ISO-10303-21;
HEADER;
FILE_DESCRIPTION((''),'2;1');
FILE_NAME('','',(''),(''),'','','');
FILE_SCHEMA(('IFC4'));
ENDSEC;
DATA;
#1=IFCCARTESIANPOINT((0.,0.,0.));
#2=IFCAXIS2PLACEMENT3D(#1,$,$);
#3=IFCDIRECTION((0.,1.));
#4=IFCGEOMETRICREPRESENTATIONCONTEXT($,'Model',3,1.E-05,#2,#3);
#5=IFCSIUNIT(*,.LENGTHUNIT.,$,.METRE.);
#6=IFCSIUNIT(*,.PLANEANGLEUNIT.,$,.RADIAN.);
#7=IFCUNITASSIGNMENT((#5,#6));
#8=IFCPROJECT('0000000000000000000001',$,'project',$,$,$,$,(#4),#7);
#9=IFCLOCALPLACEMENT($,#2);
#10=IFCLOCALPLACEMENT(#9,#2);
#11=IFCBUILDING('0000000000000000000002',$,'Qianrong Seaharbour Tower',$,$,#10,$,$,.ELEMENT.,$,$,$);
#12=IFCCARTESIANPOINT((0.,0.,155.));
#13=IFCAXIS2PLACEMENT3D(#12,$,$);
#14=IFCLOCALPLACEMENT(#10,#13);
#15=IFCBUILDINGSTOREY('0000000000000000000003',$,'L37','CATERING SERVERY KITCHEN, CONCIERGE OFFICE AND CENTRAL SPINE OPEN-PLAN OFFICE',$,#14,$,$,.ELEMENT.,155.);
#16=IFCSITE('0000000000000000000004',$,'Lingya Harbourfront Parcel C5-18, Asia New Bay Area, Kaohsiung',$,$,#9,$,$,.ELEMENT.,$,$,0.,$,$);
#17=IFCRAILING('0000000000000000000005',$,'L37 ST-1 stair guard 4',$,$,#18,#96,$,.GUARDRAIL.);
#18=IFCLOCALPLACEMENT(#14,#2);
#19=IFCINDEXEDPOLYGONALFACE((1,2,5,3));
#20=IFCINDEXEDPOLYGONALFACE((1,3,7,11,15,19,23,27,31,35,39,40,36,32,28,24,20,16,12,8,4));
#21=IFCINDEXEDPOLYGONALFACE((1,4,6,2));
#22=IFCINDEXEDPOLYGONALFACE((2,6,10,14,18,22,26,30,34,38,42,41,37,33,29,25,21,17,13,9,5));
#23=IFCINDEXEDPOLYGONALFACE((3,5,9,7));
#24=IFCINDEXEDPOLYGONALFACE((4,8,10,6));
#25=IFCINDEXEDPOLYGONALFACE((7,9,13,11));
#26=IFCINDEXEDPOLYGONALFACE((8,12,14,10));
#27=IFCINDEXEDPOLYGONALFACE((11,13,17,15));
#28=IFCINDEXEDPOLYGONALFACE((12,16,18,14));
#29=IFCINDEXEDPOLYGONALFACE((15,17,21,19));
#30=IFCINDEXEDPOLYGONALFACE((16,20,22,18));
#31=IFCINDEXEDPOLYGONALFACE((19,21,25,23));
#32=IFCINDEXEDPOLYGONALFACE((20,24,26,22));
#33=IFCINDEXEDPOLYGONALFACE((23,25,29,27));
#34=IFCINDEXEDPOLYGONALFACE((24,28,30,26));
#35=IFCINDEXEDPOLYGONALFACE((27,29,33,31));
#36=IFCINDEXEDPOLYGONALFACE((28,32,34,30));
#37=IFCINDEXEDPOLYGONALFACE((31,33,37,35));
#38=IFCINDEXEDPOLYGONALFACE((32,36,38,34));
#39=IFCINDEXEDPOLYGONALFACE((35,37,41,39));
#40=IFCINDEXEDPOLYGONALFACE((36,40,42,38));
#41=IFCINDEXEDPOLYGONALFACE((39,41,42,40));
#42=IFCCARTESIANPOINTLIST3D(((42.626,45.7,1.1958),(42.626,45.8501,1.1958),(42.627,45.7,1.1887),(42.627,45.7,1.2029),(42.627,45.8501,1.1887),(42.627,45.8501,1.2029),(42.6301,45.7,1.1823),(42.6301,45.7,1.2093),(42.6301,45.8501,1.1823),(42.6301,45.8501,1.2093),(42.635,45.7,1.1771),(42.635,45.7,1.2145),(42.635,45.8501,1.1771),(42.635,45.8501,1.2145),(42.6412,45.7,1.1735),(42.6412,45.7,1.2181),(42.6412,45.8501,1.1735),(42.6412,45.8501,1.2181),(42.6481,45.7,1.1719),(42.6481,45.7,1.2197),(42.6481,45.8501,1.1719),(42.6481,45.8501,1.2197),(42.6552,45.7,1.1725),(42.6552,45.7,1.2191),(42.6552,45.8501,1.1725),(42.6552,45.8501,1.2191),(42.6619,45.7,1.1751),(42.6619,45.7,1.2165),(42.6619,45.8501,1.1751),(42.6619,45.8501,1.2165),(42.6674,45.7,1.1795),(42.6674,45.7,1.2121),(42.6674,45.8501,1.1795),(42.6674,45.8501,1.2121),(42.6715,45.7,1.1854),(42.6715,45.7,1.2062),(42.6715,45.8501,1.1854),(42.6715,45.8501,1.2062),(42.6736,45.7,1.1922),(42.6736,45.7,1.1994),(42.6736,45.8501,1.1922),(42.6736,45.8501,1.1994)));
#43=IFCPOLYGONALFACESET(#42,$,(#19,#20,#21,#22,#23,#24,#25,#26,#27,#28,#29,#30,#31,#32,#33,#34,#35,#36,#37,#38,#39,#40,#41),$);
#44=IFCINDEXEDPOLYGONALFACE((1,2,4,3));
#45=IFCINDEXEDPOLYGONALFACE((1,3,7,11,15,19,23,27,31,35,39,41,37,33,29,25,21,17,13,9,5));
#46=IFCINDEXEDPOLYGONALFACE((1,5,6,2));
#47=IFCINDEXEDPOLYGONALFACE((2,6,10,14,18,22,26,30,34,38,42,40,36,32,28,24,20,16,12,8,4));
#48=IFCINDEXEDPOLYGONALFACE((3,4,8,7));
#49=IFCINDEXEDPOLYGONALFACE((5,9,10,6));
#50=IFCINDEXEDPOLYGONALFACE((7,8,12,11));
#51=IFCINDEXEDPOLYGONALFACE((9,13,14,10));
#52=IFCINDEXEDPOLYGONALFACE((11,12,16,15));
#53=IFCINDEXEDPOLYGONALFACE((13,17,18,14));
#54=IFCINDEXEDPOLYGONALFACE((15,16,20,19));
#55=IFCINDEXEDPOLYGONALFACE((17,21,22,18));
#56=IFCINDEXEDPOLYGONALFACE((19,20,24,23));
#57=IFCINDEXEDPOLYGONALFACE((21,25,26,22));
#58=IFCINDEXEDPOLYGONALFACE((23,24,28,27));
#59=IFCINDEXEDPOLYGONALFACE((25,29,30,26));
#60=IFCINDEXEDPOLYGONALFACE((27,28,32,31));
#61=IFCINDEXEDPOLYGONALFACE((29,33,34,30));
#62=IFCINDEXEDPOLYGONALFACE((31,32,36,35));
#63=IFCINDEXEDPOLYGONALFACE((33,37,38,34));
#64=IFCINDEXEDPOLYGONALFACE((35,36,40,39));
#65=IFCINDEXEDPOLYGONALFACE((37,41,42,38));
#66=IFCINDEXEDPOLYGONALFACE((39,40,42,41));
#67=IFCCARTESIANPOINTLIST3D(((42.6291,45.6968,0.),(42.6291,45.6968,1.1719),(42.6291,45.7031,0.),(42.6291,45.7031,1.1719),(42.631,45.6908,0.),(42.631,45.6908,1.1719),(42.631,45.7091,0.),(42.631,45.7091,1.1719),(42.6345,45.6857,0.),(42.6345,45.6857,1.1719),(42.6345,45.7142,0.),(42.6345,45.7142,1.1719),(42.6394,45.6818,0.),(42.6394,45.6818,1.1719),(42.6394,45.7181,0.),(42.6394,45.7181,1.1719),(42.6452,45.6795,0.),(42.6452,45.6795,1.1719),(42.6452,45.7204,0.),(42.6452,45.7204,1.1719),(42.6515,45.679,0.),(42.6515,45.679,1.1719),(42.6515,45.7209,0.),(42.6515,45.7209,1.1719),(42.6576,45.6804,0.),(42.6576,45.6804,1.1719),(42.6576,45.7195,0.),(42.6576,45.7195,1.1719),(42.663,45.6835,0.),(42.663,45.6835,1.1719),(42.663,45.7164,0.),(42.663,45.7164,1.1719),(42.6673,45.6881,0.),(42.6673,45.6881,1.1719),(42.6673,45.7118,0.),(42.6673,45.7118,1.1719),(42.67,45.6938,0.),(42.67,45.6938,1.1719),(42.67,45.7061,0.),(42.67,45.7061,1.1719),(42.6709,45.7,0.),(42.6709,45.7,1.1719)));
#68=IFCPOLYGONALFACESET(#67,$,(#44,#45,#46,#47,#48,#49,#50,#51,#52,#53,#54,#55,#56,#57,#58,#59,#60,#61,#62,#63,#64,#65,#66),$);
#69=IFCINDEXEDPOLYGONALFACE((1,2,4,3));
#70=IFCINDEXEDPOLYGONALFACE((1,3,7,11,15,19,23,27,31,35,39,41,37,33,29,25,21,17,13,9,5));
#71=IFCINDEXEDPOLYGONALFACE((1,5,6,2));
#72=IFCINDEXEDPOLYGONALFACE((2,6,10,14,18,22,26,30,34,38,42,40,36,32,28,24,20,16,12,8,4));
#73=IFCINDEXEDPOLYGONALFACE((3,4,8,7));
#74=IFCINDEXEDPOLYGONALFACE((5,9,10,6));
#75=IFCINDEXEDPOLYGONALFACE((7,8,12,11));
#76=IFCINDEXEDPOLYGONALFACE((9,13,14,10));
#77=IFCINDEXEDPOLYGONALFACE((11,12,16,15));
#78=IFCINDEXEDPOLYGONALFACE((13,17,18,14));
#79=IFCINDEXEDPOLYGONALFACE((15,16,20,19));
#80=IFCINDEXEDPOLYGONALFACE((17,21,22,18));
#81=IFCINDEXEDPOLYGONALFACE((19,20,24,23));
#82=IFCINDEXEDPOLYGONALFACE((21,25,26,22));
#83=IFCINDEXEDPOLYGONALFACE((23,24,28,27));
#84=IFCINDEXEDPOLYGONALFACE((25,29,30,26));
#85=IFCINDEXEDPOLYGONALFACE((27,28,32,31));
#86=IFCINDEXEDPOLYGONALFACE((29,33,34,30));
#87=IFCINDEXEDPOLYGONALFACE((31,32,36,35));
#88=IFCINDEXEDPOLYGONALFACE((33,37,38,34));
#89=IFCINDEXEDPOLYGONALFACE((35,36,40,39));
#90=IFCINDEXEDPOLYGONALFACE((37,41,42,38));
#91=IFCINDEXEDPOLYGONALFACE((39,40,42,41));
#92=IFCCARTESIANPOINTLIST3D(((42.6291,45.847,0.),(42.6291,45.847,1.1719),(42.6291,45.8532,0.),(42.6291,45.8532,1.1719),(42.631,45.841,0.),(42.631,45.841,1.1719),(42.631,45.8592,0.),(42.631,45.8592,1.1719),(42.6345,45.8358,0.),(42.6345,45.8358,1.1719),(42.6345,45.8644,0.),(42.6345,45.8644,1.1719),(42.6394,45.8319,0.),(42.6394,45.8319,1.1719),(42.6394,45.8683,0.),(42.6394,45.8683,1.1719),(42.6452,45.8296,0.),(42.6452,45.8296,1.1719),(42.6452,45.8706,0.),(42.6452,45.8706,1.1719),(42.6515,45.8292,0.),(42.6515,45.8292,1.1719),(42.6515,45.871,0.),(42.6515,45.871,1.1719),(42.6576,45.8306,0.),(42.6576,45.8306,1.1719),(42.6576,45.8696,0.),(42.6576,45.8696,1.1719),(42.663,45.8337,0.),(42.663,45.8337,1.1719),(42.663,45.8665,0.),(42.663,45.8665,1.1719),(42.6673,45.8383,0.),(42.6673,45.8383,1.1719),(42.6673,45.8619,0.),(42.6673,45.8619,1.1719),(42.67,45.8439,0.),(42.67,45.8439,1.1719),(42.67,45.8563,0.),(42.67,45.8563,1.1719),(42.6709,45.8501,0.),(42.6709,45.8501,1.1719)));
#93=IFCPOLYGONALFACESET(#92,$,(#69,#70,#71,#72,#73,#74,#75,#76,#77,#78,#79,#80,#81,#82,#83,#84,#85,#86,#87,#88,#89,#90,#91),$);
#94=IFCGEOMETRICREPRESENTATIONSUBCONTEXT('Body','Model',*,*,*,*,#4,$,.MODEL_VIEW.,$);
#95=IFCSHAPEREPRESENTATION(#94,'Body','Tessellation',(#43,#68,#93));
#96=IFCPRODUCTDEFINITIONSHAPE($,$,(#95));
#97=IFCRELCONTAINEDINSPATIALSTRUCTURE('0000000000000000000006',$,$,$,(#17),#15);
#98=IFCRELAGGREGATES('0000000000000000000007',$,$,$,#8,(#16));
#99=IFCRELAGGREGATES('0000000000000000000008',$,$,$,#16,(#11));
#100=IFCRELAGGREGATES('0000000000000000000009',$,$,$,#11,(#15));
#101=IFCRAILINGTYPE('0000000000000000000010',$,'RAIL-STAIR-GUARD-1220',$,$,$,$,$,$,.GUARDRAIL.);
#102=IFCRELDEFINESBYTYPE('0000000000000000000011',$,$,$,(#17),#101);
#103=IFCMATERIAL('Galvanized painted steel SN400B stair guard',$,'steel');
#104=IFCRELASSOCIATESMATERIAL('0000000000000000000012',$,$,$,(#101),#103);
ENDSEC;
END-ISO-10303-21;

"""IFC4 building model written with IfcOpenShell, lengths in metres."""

from ifc_helpers import new_model, si_unit, direction, frame, origin, origin_2d, place, context, subcontext, project, spatial, circle, extrude, material, type_object, element, save


model = new_model("IFC4")

# Units and contexts
model_context = context("Model", 3, precision=1e-05, world=origin(), true_north=direction((0.0, 1.0)))
body_context = subcontext(model_context, "Body", "Model", "MODEL_VIEW")
ifc_project = project(units=[si_unit("LENGTHUNIT", "METRE"), si_unit("PLANEANGLEUNIT", "RADIAN")], contexts=[model_context])

# Site, building, storey
site_placement = place(None, origin())
site = spatial("IfcSite", under=ifc_project, at=site_placement, Name="Lingya Harbourfront Parcel C5-18, Asia New Bay Area, Kaohsiung", CompositionType="ELEMENT", RefElevation=0.0)
building_placement = place(site_placement, origin())
building = spatial("IfcBuilding", under=site, at=building_placement, Name="Qianrong Seaharbour Tower", CompositionType="ELEMENT")
storey_placement = place(building_placement, frame((0.0, 0.0, 155.0)))
storey = spatial("IfcBuildingStorey", under=building, at=storey_placement, Name="L37", Description="CATERING SERVERY KITCHEN, CONCIERGE OFFICE AND CENTRAL SPINE OPEN-PLAN OFFICE", CompositionType="ELEMENT", Elevation=155.0)

# Railing
ifc_material_1 = material(Name="Galvanized painted steel SN400B stair guard", Category="steel")
railing_type = type_object("IfcRailingType", Name="RAIL-STAIR-GUARD-1220", PredefinedType="GUARDRAIL", material=ifc_material_1)
railing_1_placement = place(storey_placement, frame((42.6499, 45.7, 0.0)))
element("IfcRailing", 1, at=railing_1_placement, inside=storey, type_object=railing_type, Name="L37 ST-1 stair guard 4", PredefinedType="GUARDRAIL", context=body_context, shape_type="SweptSolid", body=[
    extrude(circle(Radius=0.0239, at=origin_2d()), frame((0.0, 0.0, 1.1958), z_axis=(0.0, 1.0, 0.0), x_axis=(-1.0, 0.0, 0.0)), (0.0, 0.0, 1.0), 0.1501),
    extrude(circle(Radius=0.021, at=origin_2d()), origin(), (0.0, 0.0, 1.0), 1.1719),
    extrude(circle(Radius=0.021, at=origin_2d()), frame((0.0, 0.1501, 0.0)), (0.0, 0.0, 1.0), 1.1719),
])

save(model, "model.ifc")
